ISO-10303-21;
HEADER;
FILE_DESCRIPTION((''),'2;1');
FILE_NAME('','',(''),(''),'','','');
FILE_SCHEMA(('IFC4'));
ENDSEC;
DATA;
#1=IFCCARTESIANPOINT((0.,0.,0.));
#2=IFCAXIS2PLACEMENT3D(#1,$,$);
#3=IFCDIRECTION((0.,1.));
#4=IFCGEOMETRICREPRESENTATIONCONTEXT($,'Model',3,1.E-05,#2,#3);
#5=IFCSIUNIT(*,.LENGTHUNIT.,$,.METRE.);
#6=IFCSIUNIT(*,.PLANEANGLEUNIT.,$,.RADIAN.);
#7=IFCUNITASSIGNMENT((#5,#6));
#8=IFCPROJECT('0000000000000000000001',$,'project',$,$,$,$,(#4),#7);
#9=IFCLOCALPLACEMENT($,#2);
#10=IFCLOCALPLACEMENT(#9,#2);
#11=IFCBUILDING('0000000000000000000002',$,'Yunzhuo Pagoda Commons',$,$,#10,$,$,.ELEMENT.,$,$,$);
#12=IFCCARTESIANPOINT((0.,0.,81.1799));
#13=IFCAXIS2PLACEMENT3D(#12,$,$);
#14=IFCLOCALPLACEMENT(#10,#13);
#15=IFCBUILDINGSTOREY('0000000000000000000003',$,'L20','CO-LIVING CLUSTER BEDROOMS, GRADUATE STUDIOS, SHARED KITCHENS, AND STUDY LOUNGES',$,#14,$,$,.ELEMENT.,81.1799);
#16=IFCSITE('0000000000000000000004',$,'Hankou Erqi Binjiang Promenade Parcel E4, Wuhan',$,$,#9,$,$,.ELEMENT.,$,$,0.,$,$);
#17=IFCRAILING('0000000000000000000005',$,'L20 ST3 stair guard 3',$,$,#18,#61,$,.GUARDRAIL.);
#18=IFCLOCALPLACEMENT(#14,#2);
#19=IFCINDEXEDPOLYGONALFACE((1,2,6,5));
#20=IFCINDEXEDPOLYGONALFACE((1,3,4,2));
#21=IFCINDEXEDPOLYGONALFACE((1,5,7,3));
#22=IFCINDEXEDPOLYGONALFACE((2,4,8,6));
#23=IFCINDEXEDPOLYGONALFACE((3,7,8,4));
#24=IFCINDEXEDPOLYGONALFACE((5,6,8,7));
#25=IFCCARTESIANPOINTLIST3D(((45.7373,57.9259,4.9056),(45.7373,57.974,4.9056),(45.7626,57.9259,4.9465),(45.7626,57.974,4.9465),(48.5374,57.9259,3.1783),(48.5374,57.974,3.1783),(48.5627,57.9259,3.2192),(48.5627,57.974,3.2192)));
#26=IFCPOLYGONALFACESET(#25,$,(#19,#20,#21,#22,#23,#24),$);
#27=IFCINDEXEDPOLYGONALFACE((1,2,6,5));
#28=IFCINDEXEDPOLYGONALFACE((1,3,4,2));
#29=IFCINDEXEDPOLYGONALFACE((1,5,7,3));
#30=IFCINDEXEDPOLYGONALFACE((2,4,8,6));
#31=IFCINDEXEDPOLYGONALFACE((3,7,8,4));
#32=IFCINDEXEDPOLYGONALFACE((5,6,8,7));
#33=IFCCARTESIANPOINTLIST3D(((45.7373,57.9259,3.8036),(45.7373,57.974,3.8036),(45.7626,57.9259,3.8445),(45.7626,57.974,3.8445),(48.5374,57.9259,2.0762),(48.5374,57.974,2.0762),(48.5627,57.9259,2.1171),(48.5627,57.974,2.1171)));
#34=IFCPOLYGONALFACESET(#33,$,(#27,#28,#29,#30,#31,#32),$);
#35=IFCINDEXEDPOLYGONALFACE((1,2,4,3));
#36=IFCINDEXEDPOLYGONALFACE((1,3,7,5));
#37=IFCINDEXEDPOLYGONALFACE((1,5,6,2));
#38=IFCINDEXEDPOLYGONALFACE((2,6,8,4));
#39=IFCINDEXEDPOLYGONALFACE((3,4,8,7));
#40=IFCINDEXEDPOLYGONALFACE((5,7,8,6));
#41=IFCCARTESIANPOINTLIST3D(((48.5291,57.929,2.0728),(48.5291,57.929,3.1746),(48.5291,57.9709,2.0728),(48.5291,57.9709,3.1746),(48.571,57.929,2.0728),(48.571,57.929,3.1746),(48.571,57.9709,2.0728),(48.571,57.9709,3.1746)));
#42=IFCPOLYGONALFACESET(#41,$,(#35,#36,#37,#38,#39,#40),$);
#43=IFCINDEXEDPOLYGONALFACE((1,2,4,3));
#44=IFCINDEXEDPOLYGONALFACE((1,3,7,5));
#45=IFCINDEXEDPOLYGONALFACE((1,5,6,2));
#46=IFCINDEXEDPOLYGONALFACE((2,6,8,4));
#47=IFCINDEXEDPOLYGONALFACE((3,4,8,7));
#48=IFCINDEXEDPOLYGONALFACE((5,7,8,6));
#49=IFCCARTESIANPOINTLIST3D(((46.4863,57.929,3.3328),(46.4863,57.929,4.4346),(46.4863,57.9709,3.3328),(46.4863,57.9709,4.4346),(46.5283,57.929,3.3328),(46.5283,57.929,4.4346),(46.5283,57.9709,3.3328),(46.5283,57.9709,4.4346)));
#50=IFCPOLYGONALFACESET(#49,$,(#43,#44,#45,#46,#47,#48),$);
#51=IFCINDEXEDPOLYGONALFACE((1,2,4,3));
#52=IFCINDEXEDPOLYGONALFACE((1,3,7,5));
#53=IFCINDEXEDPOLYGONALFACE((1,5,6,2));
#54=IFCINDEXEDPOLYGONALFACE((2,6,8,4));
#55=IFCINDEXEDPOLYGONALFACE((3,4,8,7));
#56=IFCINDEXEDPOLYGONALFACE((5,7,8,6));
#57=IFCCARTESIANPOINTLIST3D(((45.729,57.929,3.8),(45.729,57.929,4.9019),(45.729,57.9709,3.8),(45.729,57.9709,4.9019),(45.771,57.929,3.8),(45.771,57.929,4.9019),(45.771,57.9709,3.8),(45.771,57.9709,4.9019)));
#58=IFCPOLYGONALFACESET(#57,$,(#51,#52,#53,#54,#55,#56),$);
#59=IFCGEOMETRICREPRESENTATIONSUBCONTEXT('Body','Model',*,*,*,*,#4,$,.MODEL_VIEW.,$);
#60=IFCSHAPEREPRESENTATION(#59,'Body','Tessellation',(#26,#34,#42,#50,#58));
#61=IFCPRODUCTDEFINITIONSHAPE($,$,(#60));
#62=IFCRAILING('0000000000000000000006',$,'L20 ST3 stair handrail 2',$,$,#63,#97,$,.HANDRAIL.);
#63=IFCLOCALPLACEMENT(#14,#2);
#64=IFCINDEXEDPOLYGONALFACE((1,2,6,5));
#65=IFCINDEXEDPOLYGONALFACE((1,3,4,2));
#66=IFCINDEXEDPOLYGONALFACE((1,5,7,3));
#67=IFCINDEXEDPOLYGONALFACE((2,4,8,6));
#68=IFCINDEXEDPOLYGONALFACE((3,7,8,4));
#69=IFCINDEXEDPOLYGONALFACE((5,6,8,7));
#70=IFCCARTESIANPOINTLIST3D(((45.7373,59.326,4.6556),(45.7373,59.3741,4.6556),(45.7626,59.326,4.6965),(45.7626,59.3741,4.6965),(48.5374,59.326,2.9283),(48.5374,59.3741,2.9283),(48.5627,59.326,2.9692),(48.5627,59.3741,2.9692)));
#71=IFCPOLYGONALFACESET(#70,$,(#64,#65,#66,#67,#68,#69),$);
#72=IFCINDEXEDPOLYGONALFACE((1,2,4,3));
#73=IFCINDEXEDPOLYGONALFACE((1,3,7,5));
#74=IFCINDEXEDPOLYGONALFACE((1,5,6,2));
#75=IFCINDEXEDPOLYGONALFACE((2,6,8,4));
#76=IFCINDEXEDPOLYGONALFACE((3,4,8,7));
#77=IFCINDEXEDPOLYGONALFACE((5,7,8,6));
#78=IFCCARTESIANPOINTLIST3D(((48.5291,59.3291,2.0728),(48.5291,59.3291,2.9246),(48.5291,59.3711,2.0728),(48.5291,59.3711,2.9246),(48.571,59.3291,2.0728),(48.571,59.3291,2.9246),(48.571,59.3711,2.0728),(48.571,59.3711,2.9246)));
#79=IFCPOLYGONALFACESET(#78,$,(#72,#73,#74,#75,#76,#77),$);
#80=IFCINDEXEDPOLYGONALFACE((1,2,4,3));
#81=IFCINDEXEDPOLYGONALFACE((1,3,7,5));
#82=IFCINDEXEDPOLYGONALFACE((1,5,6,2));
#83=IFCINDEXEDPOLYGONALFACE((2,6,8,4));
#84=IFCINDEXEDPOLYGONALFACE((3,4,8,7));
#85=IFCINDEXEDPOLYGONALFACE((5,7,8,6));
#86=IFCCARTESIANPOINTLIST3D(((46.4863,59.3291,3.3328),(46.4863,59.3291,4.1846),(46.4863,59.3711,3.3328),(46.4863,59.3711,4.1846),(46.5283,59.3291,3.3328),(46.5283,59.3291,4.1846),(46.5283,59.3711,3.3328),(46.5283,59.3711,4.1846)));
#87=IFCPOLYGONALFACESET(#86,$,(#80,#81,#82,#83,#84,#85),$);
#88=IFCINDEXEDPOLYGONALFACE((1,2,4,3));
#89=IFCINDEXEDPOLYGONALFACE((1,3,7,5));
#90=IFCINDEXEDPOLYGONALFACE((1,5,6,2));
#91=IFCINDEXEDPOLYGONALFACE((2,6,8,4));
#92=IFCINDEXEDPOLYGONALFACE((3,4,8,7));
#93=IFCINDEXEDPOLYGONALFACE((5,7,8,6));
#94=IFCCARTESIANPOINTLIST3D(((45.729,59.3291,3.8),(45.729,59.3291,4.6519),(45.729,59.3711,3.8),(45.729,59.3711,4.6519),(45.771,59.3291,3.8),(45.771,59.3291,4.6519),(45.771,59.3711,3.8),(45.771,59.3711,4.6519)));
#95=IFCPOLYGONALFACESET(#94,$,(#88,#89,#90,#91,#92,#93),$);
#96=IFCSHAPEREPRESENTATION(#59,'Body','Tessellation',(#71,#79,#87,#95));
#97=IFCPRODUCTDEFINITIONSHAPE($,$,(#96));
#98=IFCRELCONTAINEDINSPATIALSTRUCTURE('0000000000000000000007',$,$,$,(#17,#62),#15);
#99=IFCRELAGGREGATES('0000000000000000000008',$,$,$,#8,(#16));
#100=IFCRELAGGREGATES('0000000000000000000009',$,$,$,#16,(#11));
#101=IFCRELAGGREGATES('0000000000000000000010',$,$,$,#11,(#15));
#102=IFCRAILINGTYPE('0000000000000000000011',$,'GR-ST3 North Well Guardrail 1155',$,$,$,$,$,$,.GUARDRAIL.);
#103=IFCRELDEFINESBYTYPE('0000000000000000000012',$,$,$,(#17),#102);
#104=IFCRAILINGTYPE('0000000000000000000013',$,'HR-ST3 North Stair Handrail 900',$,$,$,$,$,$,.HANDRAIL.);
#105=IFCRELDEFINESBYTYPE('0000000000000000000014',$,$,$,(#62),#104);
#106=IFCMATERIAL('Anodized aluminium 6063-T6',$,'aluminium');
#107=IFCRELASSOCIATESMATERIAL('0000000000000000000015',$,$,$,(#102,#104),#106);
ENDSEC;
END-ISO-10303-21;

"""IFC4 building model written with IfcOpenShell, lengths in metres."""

from ifc_helpers import new_model, si_unit, direction, frame, origin, origin_2d, place, context, subcontext, project, spatial, rectangle, extrude, material, type_object, element, save


model = new_model("IFC4")

# Units and contexts
model_context = context("Model", 3, precision=1e-05, world=origin(), true_north=direction((0.0, 1.0)))
body_context = subcontext(model_context, "Body", "Model", "MODEL_VIEW")
ifc_project = project(units=[si_unit("LENGTHUNIT", "METRE"), si_unit("PLANEANGLEUNIT", "RADIAN")], contexts=[model_context])

# Site, building, storey
site_placement = place(None, origin())
site = spatial("IfcSite", under=ifc_project, at=site_placement, Name="Hankou Erqi Binjiang Promenade Parcel E4, Wuhan", CompositionType="ELEMENT", RefElevation=0.0)
building_placement = place(site_placement, origin())
building = spatial("IfcBuilding", under=site, at=building_placement, Name="Yunzhuo Pagoda Commons", CompositionType="ELEMENT")
storey_placement = place(building_placement, frame((0.0, 0.0, 81.1799)))
storey = spatial("IfcBuildingStorey", under=building, at=storey_placement, Name="L20", Description="CO-LIVING CLUSTER BEDROOMS, GRADUATE STUDIOS, SHARED KITCHENS, AND STUDY LOUNGES", CompositionType="ELEMENT", Elevation=81.1799)

# Shared definitions
ifc_material_1 = material(Name="Anodized aluminium 6063-T6", Category="aluminium")

# Railings
railing_type_1 = type_object("IfcRailingType", Name="GR-ST3 North Well Guardrail 1155", PredefinedType="GUARDRAIL", material=ifc_material_1)
railing_1_placement = place(storey_placement, frame((48.55, 57.95, 2.0728)))
element("IfcRailing", 1, at=railing_1_placement, inside=storey, type_object=railing_type_1, Name="L20 ST3 stair guard 3", PredefinedType="GUARDRAIL", context=body_context, shape_type="SweptSolid", body=[
    extrude(rectangle(XDim=0.0481, YDim=0.0481, at=origin_2d()), frame((0.0, 0.0, 1.126), z_axis=(-0.85109, 0.0, 0.52502), x_axis=(0.0, -1.0, 0.0)), (0.0, 0.0, 1.0), 3.29),
    extrude(rectangle(XDim=0.0481, YDim=0.0481, at=origin_2d()), frame((0.0, 0.0, 0.0239), z_axis=(-0.85109, 0.0, 0.52502), x_axis=(0.0, -1.0, 0.0)), (0.0, 0.0, 1.0), 3.29),
    extrude(rectangle(XDim=0.042, YDim=0.042, at=origin_2d()), origin(), (0.0, 0.0, 1.0), 1.1018),
    extrude(rectangle(XDim=0.042, YDim=0.042, at=origin_2d()), frame((-2.0427, 0.0, 1.26)), (0.0, 0.0, 1.0), 1.1018),
    extrude(rectangle(XDim=0.042, YDim=0.042, at=origin_2d()), frame((-2.8, 0.0, 1.7273)), (0.0, 0.0, 1.0), 1.1018),
])
railing_type_2 = type_object("IfcRailingType", Name="HR-ST3 North Stair Handrail 900", PredefinedType="HANDRAIL", material=ifc_material_1)
railing_2_placement = place(storey_placement, frame((48.55, 59.3501, 2.0728)))
element("IfcRailing", 2, at=railing_2_placement, inside=storey, type_object=railing_type_2, Name="L20 ST3 stair handrail 2", PredefinedType="HANDRAIL", context=body_context, shape_type="SweptSolid", body=[
    extrude(rectangle(XDim=0.0481, YDim=0.0481, at=origin_2d()), frame((0.0, 0.0, 0.876), z_axis=(-0.85109, 0.0, 0.52502), x_axis=(0.0, -1.0, 0.0)), (0.0, 0.0, 1.0), 3.29),
    extrude(rectangle(XDim=0.042, YDim=0.042, at=origin_2d()), origin(), (0.0, 0.0, 1.0), 0.8518),
    extrude(rectangle(XDim=0.042, YDim=0.042, at=origin_2d()), frame((-2.0427, 0.0, 1.26)), (0.0, 0.0, 1.0), 0.8518),
    extrude(rectangle(XDim=0.042, YDim=0.042, at=origin_2d()), frame((-2.8, 0.0, 1.7273)), (0.0, 0.0, 1.0), 0.8518),
])

save(model, "model.ifc")
